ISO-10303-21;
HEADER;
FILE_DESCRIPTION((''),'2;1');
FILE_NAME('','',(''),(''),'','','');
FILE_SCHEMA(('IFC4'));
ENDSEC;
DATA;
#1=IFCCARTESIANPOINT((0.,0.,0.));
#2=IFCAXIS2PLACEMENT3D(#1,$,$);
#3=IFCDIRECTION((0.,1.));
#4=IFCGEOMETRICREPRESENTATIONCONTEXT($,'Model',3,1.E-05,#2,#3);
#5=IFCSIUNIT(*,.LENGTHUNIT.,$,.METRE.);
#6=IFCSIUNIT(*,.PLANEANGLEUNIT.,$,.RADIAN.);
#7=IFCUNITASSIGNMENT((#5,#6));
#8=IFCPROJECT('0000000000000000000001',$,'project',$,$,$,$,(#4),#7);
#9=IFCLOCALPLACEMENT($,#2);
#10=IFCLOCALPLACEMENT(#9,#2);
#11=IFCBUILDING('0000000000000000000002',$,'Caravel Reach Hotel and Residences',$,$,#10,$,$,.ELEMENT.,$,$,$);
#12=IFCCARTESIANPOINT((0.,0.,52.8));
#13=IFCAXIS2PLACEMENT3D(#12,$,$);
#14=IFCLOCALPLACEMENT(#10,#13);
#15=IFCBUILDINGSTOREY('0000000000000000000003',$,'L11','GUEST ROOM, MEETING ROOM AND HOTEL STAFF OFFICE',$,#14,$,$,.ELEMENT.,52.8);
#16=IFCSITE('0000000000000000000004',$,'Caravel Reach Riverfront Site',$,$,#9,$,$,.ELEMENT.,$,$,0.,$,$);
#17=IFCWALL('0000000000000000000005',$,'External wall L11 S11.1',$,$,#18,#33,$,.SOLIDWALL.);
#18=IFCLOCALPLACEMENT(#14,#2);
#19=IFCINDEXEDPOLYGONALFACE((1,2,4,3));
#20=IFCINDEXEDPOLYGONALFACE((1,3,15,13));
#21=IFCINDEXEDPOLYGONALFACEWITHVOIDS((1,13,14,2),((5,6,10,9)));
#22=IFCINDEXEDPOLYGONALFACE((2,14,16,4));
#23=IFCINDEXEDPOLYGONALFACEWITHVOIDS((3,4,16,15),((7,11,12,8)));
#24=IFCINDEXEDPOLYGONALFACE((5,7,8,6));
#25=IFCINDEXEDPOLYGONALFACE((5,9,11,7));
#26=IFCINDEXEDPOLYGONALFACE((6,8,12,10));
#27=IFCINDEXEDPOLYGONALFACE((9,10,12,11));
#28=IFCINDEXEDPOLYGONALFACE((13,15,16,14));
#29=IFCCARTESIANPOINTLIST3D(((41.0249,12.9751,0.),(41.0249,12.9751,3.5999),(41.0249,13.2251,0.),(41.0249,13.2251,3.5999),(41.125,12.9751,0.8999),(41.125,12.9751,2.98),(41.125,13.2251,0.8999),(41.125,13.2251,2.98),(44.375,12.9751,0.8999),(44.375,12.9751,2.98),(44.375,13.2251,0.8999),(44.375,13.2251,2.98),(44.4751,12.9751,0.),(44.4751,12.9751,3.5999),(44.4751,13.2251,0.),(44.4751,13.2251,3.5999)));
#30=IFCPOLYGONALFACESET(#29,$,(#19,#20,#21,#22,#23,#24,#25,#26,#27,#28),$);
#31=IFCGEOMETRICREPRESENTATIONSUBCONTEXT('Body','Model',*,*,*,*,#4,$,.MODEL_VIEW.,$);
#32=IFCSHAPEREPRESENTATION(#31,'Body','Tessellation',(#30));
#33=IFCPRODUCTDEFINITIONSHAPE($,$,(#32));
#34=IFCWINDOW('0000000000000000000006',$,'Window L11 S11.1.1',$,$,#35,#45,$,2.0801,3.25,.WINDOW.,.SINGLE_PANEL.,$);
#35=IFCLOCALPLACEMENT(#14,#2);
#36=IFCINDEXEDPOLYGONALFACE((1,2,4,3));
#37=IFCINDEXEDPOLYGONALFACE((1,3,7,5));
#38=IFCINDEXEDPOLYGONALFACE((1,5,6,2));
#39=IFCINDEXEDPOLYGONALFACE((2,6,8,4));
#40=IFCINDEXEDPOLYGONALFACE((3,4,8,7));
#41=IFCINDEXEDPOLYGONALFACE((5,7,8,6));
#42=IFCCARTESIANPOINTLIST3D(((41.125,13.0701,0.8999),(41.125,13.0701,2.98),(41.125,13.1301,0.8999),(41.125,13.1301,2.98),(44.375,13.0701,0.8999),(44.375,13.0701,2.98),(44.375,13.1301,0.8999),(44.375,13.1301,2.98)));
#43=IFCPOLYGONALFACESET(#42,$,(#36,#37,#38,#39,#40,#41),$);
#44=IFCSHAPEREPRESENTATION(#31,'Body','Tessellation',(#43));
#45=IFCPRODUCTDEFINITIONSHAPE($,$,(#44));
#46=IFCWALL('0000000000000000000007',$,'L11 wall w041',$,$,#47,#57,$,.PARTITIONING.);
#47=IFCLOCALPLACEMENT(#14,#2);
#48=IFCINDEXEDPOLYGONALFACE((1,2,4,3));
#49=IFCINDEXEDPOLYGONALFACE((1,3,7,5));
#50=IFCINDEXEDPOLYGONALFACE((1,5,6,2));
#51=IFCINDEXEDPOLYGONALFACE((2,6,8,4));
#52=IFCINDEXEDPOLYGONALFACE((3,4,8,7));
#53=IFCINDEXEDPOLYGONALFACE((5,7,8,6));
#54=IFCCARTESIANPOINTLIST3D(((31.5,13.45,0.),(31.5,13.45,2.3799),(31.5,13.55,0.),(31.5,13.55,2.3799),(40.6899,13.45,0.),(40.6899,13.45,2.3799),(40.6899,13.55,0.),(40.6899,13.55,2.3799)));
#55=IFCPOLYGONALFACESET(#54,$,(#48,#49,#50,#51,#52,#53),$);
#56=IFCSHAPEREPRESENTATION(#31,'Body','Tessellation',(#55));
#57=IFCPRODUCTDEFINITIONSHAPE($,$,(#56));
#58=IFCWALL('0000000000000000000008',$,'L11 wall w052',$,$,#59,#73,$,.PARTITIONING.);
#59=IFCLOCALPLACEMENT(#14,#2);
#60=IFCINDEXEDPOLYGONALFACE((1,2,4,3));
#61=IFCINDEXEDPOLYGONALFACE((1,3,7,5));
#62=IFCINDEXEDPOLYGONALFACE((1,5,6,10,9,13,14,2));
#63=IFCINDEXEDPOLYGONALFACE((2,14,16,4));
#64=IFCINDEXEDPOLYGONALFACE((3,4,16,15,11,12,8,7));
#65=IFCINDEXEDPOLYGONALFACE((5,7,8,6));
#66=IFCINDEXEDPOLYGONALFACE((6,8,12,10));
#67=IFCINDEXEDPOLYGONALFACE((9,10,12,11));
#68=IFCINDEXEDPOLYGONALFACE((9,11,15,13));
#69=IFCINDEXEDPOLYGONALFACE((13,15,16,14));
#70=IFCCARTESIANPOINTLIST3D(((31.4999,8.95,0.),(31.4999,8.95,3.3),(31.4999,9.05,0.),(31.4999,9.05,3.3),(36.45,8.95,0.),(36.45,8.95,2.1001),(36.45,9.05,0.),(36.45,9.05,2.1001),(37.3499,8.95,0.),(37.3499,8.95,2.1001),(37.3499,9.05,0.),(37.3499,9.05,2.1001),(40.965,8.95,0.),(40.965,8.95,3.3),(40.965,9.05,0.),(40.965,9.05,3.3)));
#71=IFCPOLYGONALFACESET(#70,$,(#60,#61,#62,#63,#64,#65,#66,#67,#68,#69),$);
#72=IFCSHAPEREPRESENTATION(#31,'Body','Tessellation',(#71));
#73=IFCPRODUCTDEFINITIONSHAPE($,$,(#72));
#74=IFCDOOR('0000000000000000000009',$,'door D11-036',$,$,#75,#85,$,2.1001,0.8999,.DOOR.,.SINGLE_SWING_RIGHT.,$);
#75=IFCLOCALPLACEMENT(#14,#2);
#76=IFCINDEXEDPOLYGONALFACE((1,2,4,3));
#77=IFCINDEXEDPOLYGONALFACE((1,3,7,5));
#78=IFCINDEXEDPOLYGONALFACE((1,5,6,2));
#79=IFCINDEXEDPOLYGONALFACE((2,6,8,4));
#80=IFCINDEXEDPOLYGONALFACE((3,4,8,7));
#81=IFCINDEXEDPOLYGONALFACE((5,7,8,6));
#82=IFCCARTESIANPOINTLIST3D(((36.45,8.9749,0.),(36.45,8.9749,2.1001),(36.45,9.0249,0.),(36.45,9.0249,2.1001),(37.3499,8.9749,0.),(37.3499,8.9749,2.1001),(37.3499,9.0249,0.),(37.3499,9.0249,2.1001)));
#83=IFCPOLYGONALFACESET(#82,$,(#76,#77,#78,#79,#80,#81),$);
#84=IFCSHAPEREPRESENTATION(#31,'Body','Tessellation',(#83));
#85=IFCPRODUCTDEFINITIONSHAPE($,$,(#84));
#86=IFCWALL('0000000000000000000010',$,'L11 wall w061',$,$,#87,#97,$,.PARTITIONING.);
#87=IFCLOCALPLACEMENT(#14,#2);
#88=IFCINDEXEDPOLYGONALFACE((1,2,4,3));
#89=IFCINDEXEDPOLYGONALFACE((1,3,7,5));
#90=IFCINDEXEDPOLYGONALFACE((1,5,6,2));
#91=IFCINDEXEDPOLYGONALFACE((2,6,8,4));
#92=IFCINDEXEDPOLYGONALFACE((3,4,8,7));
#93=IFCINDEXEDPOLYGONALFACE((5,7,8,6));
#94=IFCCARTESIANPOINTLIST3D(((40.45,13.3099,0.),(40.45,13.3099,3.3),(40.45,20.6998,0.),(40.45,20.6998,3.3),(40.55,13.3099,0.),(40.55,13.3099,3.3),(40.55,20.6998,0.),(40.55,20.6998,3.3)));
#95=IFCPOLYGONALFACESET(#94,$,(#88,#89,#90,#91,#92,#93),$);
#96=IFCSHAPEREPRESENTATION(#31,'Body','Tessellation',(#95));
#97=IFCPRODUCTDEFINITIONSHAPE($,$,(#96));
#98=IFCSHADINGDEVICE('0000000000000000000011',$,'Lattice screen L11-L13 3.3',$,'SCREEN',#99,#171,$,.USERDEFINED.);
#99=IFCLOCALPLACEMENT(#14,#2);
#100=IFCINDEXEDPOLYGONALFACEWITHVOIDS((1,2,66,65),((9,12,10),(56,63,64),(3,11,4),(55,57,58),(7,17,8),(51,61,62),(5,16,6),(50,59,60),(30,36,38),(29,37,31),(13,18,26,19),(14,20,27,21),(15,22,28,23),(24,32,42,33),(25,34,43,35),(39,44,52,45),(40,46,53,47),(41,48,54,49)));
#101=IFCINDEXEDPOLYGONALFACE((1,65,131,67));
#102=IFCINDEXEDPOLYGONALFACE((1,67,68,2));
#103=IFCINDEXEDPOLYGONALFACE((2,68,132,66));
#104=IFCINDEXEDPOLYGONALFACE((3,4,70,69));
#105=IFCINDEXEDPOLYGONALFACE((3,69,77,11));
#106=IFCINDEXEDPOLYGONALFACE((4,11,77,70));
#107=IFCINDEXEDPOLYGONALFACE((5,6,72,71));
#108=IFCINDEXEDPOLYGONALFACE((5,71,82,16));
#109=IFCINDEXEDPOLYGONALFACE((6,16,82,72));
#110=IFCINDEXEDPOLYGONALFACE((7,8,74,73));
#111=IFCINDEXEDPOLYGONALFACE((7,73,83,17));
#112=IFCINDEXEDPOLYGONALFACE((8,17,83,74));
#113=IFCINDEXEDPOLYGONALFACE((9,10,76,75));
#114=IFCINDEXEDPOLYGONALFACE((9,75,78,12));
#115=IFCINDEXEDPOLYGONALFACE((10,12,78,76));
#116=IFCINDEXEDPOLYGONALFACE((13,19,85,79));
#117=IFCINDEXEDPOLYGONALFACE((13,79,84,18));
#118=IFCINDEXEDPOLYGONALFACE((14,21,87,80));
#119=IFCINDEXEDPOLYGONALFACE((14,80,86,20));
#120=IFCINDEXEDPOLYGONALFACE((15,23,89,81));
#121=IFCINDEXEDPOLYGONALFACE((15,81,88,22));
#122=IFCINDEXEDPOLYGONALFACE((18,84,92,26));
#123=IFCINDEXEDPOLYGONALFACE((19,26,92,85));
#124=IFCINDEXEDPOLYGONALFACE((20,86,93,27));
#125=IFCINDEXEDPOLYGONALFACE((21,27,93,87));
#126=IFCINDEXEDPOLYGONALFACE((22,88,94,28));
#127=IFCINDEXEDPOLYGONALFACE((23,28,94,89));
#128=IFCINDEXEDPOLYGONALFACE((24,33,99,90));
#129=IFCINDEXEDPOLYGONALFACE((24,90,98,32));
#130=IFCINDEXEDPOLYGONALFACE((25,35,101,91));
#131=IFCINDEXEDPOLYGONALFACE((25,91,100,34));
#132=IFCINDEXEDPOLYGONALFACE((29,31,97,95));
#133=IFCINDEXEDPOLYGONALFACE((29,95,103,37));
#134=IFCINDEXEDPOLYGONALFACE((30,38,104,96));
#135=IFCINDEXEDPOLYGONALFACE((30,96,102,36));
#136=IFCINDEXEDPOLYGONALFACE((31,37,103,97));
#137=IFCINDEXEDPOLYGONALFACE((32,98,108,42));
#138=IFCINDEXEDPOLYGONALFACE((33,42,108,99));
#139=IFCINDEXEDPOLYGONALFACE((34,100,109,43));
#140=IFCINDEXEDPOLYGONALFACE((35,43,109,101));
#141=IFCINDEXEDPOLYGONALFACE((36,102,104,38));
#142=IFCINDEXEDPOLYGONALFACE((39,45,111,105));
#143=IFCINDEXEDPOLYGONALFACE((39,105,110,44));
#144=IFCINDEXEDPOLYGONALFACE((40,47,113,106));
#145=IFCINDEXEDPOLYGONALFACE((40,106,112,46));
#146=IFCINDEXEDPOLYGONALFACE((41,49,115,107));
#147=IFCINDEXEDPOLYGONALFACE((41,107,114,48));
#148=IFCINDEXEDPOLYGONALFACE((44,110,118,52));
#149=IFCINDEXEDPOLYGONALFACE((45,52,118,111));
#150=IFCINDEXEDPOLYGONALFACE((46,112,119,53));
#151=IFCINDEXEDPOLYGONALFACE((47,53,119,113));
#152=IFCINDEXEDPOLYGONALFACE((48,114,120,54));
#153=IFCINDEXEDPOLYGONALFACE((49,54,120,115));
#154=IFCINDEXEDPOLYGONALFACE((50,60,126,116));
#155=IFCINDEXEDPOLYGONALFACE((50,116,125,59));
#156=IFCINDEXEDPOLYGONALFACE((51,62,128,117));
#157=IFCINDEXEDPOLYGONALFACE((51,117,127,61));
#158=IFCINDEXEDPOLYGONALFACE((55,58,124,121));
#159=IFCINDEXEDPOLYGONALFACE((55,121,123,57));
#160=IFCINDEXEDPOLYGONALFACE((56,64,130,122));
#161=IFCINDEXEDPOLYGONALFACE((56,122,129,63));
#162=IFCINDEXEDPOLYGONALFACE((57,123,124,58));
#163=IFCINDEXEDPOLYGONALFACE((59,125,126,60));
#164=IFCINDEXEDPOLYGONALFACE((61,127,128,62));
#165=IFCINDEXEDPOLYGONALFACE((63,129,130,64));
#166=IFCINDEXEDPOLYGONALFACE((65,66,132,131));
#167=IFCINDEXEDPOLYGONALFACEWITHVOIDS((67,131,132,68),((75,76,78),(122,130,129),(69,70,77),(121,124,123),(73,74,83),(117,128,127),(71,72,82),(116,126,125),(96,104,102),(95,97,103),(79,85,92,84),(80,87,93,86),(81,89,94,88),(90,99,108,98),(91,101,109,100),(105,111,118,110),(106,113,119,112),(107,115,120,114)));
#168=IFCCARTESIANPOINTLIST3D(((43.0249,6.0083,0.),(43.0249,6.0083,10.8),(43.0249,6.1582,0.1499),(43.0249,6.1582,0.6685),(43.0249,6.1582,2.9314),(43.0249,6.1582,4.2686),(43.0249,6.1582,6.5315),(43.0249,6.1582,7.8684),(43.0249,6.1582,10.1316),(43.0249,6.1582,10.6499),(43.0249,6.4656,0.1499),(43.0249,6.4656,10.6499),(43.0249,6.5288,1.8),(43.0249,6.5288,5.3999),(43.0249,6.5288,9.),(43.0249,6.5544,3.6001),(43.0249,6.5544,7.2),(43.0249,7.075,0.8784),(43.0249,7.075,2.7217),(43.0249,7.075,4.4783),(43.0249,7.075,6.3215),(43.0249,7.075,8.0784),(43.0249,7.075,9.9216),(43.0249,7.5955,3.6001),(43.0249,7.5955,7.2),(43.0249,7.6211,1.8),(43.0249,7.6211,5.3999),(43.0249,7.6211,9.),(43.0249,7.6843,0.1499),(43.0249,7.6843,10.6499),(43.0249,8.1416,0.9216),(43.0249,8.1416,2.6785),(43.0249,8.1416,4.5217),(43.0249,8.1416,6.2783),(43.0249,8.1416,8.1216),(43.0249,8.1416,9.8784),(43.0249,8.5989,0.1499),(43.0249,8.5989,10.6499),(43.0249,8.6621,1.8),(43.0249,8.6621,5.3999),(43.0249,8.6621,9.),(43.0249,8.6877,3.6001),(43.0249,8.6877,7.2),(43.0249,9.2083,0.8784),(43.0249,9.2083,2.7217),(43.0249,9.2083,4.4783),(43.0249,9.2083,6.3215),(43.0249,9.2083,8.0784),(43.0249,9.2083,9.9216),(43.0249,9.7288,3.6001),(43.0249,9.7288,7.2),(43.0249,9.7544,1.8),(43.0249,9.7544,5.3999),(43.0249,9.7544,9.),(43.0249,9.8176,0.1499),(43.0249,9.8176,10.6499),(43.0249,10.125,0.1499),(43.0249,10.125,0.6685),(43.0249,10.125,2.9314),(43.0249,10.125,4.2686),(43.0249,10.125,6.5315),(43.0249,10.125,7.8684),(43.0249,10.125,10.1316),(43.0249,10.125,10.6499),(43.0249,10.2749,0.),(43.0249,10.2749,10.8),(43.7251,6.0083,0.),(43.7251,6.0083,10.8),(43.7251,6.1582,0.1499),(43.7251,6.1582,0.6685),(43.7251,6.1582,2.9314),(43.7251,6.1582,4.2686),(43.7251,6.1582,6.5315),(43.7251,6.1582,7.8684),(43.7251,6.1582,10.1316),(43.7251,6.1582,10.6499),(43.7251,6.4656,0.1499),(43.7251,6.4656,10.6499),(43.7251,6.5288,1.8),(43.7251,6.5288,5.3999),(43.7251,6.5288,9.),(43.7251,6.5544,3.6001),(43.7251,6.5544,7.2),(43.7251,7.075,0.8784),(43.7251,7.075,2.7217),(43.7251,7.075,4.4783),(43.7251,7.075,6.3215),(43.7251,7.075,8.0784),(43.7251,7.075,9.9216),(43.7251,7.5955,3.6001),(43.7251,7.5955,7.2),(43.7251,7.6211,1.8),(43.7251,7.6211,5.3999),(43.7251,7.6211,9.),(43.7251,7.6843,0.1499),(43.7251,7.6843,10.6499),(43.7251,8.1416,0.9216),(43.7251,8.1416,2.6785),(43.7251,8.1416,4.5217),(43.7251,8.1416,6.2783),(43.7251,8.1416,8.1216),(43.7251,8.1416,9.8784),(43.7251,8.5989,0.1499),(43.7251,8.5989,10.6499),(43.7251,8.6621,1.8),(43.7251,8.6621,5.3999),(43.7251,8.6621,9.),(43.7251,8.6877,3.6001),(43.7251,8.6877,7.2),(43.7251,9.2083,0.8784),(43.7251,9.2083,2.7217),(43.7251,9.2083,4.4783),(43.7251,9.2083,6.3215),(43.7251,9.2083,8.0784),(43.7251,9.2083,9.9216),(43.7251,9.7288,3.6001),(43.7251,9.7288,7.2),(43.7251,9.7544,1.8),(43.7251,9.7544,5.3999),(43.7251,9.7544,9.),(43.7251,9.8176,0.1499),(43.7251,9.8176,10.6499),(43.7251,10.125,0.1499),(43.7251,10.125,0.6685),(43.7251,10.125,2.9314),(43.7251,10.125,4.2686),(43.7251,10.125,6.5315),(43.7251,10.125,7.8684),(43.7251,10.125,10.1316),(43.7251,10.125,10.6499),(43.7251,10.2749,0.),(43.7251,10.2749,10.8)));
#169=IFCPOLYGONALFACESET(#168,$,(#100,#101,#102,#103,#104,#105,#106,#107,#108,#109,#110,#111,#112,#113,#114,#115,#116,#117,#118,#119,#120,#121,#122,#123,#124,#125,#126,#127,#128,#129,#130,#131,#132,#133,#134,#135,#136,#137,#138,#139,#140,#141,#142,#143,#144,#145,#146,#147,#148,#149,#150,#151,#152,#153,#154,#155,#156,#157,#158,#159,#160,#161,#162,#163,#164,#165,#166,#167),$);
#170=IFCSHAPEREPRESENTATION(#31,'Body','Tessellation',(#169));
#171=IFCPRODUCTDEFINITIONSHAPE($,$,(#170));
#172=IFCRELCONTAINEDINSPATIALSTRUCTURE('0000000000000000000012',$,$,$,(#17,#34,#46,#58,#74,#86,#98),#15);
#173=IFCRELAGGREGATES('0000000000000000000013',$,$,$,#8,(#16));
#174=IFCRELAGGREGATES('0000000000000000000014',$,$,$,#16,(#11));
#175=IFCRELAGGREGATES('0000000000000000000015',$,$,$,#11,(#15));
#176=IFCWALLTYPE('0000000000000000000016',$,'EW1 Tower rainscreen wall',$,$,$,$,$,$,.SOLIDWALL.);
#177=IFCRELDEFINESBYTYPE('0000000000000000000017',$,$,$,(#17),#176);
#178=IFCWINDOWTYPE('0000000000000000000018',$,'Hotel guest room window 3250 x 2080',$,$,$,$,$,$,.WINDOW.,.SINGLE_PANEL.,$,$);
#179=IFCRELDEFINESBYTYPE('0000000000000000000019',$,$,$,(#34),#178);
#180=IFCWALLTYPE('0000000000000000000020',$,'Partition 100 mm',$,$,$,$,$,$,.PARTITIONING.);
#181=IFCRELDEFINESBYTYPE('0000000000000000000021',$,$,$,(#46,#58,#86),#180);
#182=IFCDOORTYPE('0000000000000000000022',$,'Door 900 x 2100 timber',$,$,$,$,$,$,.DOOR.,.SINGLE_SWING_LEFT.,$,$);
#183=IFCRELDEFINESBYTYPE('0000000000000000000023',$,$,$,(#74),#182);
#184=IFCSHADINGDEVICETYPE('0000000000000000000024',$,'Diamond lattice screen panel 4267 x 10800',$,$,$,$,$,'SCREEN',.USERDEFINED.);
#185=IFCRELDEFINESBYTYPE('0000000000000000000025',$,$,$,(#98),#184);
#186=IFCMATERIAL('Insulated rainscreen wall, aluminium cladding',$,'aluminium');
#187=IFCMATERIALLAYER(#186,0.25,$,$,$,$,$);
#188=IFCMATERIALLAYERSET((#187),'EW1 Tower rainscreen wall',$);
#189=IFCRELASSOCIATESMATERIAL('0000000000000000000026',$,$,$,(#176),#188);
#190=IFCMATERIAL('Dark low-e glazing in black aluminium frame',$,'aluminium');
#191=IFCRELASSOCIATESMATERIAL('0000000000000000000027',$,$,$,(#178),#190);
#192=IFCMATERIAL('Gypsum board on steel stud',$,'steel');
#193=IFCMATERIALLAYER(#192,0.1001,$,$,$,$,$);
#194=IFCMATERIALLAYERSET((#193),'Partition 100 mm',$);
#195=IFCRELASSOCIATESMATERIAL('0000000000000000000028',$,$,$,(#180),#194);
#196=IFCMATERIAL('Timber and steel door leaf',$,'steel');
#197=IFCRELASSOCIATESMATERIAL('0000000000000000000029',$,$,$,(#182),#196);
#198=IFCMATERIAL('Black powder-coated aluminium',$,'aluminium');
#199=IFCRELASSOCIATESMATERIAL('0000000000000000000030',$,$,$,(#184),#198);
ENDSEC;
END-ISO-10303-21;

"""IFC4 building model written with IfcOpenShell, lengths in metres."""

from ifc_helpers import new_model, si_unit, direction, frame, frame_2d, origin, place, context, subcontext, project, spatial, polyline, rectangle, outline, extrude, material, layer, layer_set, type_object, element, fill, save


model = new_model("IFC4")

# Units and contexts
model_context = context("Model", 3, precision=1e-05, world=origin(), true_north=direction((0.0, 1.0)))
body_context = subcontext(model_context, "Body", "Model", "MODEL_VIEW")
ifc_project = project(units=[si_unit("LENGTHUNIT", "METRE"), si_unit("PLANEANGLEUNIT", "RADIAN")], contexts=[model_context])

# Site, building, storey
site_placement = place(None, origin())
site = spatial("IfcSite", under=ifc_project, at=site_placement, Name="Caravel Reach Riverfront Site", CompositionType="ELEMENT", RefElevation=0.0)
building_placement = place(site_placement, origin())
building = spatial("IfcBuilding", under=site, at=building_placement, Name="Caravel Reach Hotel and Residences", CompositionType="ELEMENT")
storey_placement = place(building_placement, frame((0.0, 0.0, 52.8)))
storey = spatial("IfcBuildingStorey", under=building, at=storey_placement, Name="L11", Description="GUEST ROOM, MEETING ROOM AND HOTEL STAFF OFFICE", CompositionType="ELEMENT", Elevation=52.8)

# Wall, opening, window
ifc_material_1 = material(Name="Insulated rainscreen wall, aluminium cladding", Category="aluminium")
ifc_layer_1 = layer(ifc_material_1, 0.25)
ifc_layer_set_1 = layer_set([ifc_layer_1], Name="EW1 Tower rainscreen wall")
wall_type_1 = type_object("IfcWallType", Name="EW1 Tower rainscreen wall", PredefinedType="SOLIDWALL", material=ifc_layer_set_1)
wall_1_placement = place(storey_placement, frame((41.0249, 13.1001, 0.0), z_axis=(0.0, 0.0, 1.0), x_axis=(1.0, 0.0, 0.0)))
wall_1 = element("IfcWall", 1, at=wall_1_placement, inside=storey, type_object=wall_type_1, Name="External wall L11 S11.1", PredefinedType="SOLIDWALL", context=body_context, shape_type="SweptSolid", body=[
    extrude(rectangle(XDim=3.4502, YDim=0.25, at=frame_2d((1.7251, 0.0))), origin(), (0.0, 0.0, 1.0), 3.5999),
])
opening_1_placement = place(wall_1_placement, frame((0.1001, 0.0, 0.8999)))
opening_1 = element("IfcOpeningElement", 2, at=opening_1_placement, cuts=wall_1, PredefinedType="OPENING", context=body_context, shape_type="SweptSolid", body=[
    extrude(rectangle(XDim=3.25, YDim=2.0801, at=frame_2d((1.625, 1.04))), frame((0.0, 0.135, 0.0), z_axis=(0.0, -1.0, 0.0), x_axis=(1.0, 0.0, 0.0)), (0.0, 0.0, 1.0), 0.27),
])
ifc_material_2 = material(Name="Dark low-e glazing in black aluminium frame", Category="aluminium")
window_type = type_object("IfcWindowType", Name="Hotel guest room window 3250 x 2080", PartitioningType="SINGLE_PANEL", PredefinedType="WINDOW", material=ifc_material_2)
window_placement = place(opening_1_placement, origin())
window = element("IfcWindow", 3, at=window_placement, inside=storey, type_object=window_type, Name="Window L11 S11.1.1", OverallHeight=2.0801, OverallWidth=3.25, PartitioningType="SINGLE_PANEL", PredefinedType="WINDOW", context=body_context, shape_type="SweptSolid", body=[
    extrude(rectangle(XDim=3.25, YDim=2.0801, at=frame_2d((1.625, 1.04))), frame((0.0, 0.03, 0.0), z_axis=(0.0, -1.0, 0.0), x_axis=(1.0, 0.0, 0.0)), (0.0, 0.0, 1.0), 0.0601),
])
fill(opening_1, window)

# Wall
ifc_material_3 = material(Name="Gypsum board on steel stud", Category="steel")
ifc_layer_2 = layer(ifc_material_3, 0.1001)
ifc_layer_set_2 = layer_set([ifc_layer_2], Name="Partition 100 mm")
wall_type_2 = type_object("IfcWallType", Name="Partition 100 mm", PredefinedType="PARTITIONING", material=ifc_layer_set_2)
wall_2_placement = place(storey_placement, frame((31.5, 13.5, 0.0), z_axis=(0.0, 0.0, 1.0), x_axis=(1.0, 0.0, 0.0)))
element("IfcWall", 4, at=wall_2_placement, inside=storey, type_object=wall_type_2, Name="L11 wall w041", PredefinedType="PARTITIONING", context=body_context, shape_type="SweptSolid", body=[
    extrude(rectangle(XDim=9.1899, YDim=0.1001, at=frame_2d((4.595, 0.0))), origin(), (0.0, 0.0, 1.0), 2.3799),
])

# Wall, opening, door
wall_3_placement = place(storey_placement, frame((31.5, 9.0, 0.0), z_axis=(0.0, 0.0, 1.0), x_axis=(1.0, 0.0, 0.0)))
wall_3 = element("IfcWall", 5, at=wall_3_placement, inside=storey, type_object=wall_type_2, Name="L11 wall w052", PredefinedType="PARTITIONING", context=body_context, shape_type="SweptSolid", body=[
    extrude(rectangle(XDim=9.4651, YDim=0.1001, at=frame_2d((4.7324, 0.0))), origin(), (0.0, 0.0, 1.0), 3.3),
])
opening_2_placement = place(wall_3_placement, frame((4.95, 0.0, 0.0)))
opening_2 = element("IfcOpeningElement", 6, at=opening_2_placement, cuts=wall_3, PredefinedType="OPENING", context=body_context, shape_type="SweptSolid", body=[
    extrude(rectangle(XDim=0.8999, YDim=2.1001, at=frame_2d((0.45, 1.05))), frame((0.0, 0.0601, 0.0), z_axis=(0.0, -1.0, 0.0), x_axis=(1.0, 0.0, 0.0)), (0.0, 0.0, 1.0), 0.1201),
])
ifc_material_4 = material(Name="Timber and steel door leaf", Category="steel")
door_type = type_object("IfcDoorType", Name="Door 900 x 2100 timber", OperationType="SINGLE_SWING_LEFT", PredefinedType="DOOR", material=ifc_material_4)
door_placement = place(opening_2_placement, origin())
door = element("IfcDoor", 7, at=door_placement, inside=storey, type_object=door_type, Name="door D11-036", OperationType="SINGLE_SWING_RIGHT", OverallHeight=2.1001, OverallWidth=0.8999, PredefinedType="DOOR", context=body_context, shape_type="SweptSolid", body=[
    extrude(rectangle(XDim=0.8999, YDim=2.1001, at=frame_2d((0.45, 1.05))), frame((0.0, 0.0249, 0.0), z_axis=(0.0, -1.0, 0.0), x_axis=(1.0, 0.0, 0.0)), (0.0, 0.0, 1.0), 0.05),
])
fill(opening_2, door)

# Wall
wall_4_placement = place(storey_placement, frame((40.5, 13.3101, 0.0), z_axis=(0.0, 0.0, 1.0), x_axis=(0.0, 1.0, 0.0)))
element("IfcWall", 8, at=wall_4_placement, inside=storey, type_object=wall_type_2, Name="L11 wall w061", PredefinedType="PARTITIONING", context=body_context, shape_type="SweptSolid", body=[
    extrude(rectangle(XDim=7.3899, YDim=0.1001, at=frame_2d((3.6948, 0.0))), origin(), (0.0, 0.0, 1.0), 3.3),
])

# Shading device
ifc_material_5 = material(Name="Black powder-coated aluminium", Category="aluminium")
shading_device_type_1 = type_object("IfcShadingDeviceType", Name="Diamond lattice screen panel 4267 x 10800", ElementType="SCREEN", PredefinedType="USERDEFINED", material=ifc_material_5)
shading_device_1_placement = place(storey_placement, frame((43.0249, 6.0083, 0.0), z_axis=(1.0, 0.0, 0.0), x_axis=(0.0, 1.0, 0.0)))
element("IfcShadingDevice", 9, at=shading_device_1_placement, inside=storey, type_object=shading_device_type_1, Name="Lattice screen L11-L13 3.3", ObjectType="SCREEN", PredefinedType="USERDEFINED", context=body_context, shape_type="SweptSolid", body=[
    extrude(outline(polyline([(0.0, 0.0), (4.2666, 0.0), (4.2666, 10.8), (0.0, 10.8), (0.0, 0.0)]), holes=[polyline([(0.4573, 0.1499), (0.1499, 0.6685), (0.1499, 0.1499), (0.4573, 0.1499)]), polyline([(0.5461, 3.6001), (0.1499, 4.2686), (0.1499, 2.9314), (0.5461, 3.6001)]), polyline([(0.5461, 7.2), (0.1499, 7.8684), (0.1499, 6.5315), (0.5461, 7.2)]), polyline([(0.1499, 10.1316), (0.4573, 10.6499), (0.1499, 10.6499), (0.1499, 10.1316)]), polyline([(1.0667, 2.7217), (0.5205, 1.8), (1.0667, 0.8784), (1.6128, 1.8), (1.0667, 2.7217)]), polyline([(1.0667, 6.3215), (0.5205, 5.3999), (1.0667, 4.4783), (1.6128, 5.3999), (1.0667, 6.3215)]), polyline([(1.0667, 9.9216), (0.5205, 9.0), (1.0667, 8.0784), (1.6128, 9.0), (1.0667, 9.9216)]), polyline([(2.1333, 0.9216), (1.676, 0.1499), (2.5906, 0.1499), (2.1333, 0.9216)]), polyline([(2.1333, 4.5217), (1.5872, 3.6001), (2.1333, 2.6785), (2.6794, 3.6001), (2.1333, 4.5217)]), polyline([(2.1333, 8.1216), (1.5872, 7.2), (2.1333, 6.2783), (2.6794, 7.2), (2.1333, 8.1216)]), polyline([(2.1333, 9.8784), (2.5906, 10.6499), (1.676, 10.6499), (2.1333, 9.8784)]), polyline([(3.2, 2.7217), (2.6538, 1.8), (3.2, 0.8784), (3.7461, 1.8), (3.2, 2.7217)]), polyline([(3.2, 6.3215), (2.6538, 5.3999), (3.2, 4.4783), (3.7461, 5.3999), (3.2, 6.3215)]), polyline([(3.2, 9.9216), (2.6538, 9.0), (3.2, 8.0784), (3.7461, 9.0), (3.2, 9.9216)]), polyline([(4.1167, 0.6685), (3.8093, 0.1499), (4.1167, 0.1499), (4.1167, 0.6685)]), polyline([(3.7205, 3.6001), (4.1167, 2.9314), (4.1167, 4.2686), (3.7205, 3.6001)]), polyline([(3.7205, 7.2), (4.1167, 6.5315), (4.1167, 7.8684), (3.7205, 7.2)]), polyline([(3.8093, 10.6499), (4.1167, 10.1316), (4.1167, 10.6499), (3.8093, 10.6499)])]), origin(), (0.0, 0.0, 1.0), 0.7002),
])

save(model, "model.ifc")
